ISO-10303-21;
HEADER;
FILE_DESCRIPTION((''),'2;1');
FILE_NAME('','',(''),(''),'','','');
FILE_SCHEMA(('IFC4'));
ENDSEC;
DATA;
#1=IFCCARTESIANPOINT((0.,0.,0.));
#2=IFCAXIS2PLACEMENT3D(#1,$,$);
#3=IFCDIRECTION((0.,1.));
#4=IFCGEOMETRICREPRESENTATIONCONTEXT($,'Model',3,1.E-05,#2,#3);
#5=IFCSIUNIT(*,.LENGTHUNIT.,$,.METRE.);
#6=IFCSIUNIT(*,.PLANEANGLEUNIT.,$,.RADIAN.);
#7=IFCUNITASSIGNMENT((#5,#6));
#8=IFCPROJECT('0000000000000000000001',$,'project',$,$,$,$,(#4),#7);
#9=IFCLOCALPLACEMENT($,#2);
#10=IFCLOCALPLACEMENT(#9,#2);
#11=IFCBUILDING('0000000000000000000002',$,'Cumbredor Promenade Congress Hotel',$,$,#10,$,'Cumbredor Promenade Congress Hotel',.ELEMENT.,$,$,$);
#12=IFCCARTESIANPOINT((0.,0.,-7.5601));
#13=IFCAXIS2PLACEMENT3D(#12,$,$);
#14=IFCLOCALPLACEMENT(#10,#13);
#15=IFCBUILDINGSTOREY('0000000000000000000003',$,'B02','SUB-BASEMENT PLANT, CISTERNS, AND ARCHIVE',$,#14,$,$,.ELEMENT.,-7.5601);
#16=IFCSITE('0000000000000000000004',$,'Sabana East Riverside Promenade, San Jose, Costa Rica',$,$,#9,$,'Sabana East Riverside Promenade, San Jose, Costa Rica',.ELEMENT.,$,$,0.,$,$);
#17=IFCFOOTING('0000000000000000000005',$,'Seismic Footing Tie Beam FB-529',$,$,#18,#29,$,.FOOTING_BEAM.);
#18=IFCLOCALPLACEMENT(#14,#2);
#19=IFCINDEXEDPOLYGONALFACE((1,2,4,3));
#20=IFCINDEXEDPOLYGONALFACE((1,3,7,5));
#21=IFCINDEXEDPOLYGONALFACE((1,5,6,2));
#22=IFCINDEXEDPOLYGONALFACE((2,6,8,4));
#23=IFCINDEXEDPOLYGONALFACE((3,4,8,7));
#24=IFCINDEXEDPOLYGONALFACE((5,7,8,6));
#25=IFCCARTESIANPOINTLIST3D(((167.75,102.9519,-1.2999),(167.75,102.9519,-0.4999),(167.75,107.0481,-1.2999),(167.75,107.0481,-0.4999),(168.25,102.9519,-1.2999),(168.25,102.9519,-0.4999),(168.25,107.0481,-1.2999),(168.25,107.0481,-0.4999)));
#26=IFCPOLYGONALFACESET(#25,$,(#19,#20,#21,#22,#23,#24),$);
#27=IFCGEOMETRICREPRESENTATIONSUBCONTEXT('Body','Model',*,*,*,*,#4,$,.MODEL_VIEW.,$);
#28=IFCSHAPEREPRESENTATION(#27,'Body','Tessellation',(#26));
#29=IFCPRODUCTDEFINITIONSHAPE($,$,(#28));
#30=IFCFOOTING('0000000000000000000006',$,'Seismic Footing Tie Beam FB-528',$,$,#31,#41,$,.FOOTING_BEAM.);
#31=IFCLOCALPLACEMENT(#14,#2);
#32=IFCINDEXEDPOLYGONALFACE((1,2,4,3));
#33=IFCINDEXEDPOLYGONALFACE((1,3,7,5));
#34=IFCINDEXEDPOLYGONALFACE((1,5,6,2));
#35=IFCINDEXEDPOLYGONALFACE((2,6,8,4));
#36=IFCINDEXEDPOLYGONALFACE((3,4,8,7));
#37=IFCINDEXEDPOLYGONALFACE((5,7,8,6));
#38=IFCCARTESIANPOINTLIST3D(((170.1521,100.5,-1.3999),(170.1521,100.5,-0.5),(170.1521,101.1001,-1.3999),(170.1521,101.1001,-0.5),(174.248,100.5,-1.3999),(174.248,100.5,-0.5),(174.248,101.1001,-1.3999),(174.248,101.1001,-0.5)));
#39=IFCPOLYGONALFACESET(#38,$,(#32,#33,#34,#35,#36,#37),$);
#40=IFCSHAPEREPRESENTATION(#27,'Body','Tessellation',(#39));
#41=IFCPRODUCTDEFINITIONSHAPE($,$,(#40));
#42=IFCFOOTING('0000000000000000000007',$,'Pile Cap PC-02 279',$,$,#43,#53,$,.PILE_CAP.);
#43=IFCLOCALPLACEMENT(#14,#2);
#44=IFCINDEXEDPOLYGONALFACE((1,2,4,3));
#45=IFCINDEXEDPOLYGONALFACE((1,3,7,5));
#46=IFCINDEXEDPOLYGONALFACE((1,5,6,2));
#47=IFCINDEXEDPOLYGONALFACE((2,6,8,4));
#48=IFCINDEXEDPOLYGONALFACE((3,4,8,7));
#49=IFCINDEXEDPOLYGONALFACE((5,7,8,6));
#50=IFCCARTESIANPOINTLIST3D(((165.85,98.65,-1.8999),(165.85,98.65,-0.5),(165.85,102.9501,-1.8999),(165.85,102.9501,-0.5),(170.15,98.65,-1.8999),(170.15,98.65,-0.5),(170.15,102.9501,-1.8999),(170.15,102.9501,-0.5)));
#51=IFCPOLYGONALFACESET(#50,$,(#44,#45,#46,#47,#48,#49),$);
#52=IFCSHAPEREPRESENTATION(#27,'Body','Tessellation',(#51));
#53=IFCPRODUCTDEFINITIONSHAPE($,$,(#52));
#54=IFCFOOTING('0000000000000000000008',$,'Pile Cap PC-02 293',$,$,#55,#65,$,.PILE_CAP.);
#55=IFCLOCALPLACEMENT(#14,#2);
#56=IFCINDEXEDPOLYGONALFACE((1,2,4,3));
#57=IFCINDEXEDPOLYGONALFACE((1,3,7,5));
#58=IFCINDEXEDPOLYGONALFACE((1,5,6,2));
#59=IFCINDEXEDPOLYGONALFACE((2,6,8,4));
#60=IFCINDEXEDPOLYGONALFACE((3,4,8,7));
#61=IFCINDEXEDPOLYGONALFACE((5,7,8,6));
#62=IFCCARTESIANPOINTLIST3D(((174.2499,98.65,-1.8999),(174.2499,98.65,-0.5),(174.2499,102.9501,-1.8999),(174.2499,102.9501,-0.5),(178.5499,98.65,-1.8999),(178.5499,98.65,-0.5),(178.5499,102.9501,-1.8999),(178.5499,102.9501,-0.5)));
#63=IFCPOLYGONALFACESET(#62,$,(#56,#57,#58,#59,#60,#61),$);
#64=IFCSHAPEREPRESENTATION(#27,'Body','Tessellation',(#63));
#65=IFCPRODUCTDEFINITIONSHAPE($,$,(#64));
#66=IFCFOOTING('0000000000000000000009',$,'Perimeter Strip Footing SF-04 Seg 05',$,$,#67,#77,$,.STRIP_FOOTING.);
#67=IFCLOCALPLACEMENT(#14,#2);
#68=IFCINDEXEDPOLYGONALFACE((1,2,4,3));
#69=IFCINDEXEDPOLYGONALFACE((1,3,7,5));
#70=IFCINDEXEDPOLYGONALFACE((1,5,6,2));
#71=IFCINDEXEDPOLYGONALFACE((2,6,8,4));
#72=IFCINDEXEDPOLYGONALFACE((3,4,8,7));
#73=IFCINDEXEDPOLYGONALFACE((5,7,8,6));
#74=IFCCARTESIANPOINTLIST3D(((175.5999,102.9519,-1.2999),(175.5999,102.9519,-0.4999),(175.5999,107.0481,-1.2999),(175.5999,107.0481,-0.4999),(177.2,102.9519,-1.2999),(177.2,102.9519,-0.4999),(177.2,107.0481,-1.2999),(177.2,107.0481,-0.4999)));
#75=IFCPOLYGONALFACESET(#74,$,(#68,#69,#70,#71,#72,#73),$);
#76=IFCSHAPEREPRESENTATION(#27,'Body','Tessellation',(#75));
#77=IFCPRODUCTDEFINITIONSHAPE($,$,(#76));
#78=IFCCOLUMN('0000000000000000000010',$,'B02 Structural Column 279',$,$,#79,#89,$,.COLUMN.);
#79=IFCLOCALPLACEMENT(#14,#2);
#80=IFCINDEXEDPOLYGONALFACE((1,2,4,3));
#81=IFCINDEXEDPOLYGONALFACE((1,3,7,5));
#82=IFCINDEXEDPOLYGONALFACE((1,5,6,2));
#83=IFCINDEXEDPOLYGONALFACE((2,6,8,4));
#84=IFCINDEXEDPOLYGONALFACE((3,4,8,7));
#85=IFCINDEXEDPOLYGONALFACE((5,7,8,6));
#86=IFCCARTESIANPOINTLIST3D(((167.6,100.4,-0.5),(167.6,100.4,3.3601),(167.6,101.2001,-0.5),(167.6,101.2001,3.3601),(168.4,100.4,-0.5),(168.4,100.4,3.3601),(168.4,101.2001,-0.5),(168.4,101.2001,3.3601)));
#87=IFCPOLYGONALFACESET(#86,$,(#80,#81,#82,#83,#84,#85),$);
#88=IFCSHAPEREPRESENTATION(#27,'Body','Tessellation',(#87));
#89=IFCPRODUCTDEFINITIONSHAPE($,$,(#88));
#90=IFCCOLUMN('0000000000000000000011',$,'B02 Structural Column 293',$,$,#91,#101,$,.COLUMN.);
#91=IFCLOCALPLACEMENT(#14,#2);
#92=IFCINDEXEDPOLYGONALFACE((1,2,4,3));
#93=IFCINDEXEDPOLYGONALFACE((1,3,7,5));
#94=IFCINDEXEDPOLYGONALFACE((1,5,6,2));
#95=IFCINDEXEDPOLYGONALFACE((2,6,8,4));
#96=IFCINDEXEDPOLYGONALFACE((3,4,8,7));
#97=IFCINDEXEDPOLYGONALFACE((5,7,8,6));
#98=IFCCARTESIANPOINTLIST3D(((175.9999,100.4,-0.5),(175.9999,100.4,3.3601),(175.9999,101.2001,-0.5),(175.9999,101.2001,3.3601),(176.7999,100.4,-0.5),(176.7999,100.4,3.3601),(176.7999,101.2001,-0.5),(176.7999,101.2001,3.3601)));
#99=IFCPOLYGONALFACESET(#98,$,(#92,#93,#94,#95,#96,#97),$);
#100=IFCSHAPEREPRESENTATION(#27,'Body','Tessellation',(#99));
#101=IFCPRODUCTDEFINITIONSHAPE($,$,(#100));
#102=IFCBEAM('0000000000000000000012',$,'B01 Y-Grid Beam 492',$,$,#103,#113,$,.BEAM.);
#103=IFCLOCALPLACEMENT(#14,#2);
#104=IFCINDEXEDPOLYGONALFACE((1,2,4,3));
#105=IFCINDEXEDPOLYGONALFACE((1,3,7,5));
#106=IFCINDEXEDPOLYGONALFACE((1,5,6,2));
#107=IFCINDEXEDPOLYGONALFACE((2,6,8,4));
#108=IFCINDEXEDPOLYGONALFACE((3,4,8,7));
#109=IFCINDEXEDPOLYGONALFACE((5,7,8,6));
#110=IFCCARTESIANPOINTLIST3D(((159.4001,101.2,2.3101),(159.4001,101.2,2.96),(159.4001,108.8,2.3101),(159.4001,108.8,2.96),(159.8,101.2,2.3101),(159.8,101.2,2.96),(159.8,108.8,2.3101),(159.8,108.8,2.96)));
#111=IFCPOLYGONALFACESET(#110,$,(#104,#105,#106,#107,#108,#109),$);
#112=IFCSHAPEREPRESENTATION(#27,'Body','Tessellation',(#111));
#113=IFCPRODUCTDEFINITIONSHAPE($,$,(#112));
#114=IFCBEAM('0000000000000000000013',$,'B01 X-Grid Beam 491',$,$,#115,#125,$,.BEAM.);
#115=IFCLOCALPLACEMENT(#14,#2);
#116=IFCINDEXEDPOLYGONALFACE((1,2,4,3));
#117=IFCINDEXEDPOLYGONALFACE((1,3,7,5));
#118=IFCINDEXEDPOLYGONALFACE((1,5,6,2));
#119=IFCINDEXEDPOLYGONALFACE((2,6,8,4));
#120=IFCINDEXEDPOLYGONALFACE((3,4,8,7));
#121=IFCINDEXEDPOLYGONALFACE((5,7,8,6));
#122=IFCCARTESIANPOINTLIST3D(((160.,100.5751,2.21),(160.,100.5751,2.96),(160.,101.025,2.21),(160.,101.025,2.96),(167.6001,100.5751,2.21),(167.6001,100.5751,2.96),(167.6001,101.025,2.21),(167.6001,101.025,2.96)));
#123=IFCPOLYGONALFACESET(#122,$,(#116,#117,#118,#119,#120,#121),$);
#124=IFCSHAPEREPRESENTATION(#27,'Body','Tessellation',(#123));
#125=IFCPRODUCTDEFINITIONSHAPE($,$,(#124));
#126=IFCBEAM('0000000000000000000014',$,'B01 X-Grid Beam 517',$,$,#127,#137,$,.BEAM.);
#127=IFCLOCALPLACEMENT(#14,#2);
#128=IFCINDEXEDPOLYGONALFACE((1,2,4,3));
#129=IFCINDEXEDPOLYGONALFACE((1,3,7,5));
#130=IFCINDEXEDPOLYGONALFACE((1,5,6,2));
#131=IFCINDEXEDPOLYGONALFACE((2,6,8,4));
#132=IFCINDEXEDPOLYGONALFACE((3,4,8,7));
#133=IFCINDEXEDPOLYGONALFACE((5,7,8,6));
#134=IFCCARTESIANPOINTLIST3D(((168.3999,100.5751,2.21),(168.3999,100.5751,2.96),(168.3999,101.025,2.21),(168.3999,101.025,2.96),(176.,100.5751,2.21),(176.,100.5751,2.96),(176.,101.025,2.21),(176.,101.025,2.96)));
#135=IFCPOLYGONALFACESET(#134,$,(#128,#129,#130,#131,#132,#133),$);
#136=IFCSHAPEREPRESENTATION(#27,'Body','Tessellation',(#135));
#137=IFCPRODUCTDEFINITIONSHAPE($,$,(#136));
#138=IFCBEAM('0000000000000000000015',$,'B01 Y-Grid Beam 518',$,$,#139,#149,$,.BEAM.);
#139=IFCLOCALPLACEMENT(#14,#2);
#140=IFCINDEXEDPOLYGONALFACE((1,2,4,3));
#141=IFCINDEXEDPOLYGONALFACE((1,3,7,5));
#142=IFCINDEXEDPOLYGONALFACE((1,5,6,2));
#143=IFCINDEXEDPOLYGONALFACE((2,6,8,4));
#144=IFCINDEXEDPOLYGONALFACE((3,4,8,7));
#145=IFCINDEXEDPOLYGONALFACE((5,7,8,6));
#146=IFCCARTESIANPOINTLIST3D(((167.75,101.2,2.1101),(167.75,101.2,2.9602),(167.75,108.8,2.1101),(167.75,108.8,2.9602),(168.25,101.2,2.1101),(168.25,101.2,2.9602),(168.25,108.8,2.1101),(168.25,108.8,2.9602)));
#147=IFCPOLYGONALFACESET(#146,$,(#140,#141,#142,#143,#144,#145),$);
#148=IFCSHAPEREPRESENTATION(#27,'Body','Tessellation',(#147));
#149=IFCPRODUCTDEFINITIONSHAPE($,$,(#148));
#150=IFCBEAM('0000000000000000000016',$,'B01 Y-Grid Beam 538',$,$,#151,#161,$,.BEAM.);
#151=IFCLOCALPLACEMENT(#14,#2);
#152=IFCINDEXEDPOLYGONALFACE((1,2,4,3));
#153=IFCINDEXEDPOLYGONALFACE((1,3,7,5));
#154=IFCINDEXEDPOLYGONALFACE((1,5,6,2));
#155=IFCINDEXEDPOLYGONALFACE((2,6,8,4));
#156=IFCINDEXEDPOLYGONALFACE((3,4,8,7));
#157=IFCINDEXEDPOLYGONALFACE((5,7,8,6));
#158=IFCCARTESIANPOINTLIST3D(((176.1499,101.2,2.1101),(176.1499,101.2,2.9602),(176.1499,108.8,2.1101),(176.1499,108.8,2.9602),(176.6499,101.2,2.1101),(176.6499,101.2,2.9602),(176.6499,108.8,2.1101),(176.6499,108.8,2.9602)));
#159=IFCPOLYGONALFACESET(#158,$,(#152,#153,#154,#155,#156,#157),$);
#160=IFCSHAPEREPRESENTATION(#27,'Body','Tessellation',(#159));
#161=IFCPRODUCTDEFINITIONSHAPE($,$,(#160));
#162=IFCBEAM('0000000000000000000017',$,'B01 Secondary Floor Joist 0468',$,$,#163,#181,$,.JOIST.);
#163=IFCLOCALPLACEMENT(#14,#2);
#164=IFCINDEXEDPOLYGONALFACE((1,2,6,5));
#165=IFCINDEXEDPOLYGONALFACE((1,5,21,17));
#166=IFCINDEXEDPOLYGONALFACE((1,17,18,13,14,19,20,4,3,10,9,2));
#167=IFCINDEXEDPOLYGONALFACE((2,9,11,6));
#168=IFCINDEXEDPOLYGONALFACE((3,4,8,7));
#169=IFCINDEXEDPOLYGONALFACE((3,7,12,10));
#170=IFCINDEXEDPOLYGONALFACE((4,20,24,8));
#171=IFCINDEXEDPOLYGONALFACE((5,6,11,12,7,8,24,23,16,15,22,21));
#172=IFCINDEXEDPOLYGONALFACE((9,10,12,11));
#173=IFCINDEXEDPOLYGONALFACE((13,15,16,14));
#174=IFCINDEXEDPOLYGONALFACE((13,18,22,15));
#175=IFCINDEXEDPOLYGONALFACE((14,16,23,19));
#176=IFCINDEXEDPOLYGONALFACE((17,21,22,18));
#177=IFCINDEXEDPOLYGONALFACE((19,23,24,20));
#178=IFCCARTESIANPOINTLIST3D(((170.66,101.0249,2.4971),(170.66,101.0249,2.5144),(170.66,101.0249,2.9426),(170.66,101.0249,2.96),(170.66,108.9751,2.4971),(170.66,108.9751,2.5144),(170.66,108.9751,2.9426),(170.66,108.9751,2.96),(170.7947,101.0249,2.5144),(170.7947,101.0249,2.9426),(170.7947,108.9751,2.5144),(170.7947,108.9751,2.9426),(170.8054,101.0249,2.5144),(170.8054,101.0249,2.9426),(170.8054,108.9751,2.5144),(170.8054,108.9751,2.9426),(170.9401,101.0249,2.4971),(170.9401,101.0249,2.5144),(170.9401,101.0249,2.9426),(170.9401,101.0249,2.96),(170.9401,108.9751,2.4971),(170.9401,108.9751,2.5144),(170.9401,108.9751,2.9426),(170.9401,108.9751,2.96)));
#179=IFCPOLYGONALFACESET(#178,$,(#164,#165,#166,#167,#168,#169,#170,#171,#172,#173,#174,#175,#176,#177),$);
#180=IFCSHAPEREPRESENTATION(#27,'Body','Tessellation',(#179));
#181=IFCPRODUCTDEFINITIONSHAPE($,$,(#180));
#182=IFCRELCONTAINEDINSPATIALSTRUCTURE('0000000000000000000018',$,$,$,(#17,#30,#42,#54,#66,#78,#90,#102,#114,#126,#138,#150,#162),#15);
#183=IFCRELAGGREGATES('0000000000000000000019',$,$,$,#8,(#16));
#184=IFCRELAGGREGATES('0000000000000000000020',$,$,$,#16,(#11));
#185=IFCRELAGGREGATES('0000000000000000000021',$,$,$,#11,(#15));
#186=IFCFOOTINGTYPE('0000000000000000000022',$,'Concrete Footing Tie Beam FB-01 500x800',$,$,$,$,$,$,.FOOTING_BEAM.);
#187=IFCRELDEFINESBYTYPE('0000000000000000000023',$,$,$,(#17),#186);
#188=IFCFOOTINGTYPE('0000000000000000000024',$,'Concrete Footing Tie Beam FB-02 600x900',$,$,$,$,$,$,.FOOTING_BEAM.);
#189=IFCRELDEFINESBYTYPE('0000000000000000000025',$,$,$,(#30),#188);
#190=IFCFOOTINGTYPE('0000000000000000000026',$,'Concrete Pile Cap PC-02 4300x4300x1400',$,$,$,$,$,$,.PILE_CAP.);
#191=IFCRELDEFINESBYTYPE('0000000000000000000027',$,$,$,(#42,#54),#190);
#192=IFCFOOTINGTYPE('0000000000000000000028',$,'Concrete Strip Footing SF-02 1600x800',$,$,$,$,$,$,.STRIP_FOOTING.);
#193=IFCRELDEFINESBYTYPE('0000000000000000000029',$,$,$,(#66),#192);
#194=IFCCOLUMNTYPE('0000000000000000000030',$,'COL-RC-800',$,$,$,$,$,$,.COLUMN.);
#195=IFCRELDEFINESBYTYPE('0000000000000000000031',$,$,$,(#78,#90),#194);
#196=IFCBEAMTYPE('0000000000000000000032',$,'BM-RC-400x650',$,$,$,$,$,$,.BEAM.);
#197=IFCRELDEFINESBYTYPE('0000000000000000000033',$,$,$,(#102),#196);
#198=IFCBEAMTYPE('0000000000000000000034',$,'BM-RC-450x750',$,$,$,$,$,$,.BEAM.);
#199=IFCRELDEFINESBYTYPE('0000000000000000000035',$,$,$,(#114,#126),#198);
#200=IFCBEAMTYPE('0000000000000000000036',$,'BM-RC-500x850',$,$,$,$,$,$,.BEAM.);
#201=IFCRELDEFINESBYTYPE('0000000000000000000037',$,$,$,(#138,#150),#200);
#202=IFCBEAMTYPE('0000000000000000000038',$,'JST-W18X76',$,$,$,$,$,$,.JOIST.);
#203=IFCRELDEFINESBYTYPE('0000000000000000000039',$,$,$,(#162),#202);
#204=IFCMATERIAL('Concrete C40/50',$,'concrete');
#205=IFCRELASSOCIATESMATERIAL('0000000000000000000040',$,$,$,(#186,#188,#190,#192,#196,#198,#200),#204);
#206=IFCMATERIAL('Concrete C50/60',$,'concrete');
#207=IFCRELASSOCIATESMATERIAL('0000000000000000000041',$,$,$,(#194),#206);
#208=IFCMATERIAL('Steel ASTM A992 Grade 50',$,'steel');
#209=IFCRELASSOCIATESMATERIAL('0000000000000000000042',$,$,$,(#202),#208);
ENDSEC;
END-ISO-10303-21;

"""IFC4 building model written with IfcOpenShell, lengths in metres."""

from ifc_helpers import new_model, si_unit, direction, frame, origin, origin_2d, place, context, subcontext, project, spatial, rectangle, i_section, extrude, material, material_profile, profile_set, type_object, element, save


model = new_model("IFC4")

# Units and contexts
model_context = context("Model", 3, precision=1e-05, world=origin(), true_north=direction((0.0, 1.0)))
body_context = subcontext(model_context, "Body", "Model", "MODEL_VIEW")
ifc_project = project(units=[si_unit("LENGTHUNIT", "METRE"), si_unit("PLANEANGLEUNIT", "RADIAN")], contexts=[model_context])

# Site, building, storey
site_placement = place(None, origin())
site = spatial("IfcSite", under=ifc_project, at=site_placement, Name="Sabana East Riverside Promenade, San Jose, Costa Rica", LongName="Sabana East Riverside Promenade, San Jose, Costa Rica", CompositionType="ELEMENT", RefElevation=0.0)
building_placement = place(site_placement, origin())
building = spatial("IfcBuilding", under=site, at=building_placement, Name="Cumbredor Promenade Congress Hotel", LongName="Cumbredor Promenade Congress Hotel", CompositionType="ELEMENT")
storey_placement = place(building_placement, frame((0.0, 0.0, -7.5601)))
storey = spatial("IfcBuildingStorey", under=building, at=storey_placement, Name="B02", Description="SUB-BASEMENT PLANT, CISTERNS, AND ARCHIVE", CompositionType="ELEMENT", Elevation=-7.5601)

# Shared definitions
ifc_material_1 = material(Name="Concrete C40/50", Category="concrete")

# Footings
ifc_material_profile_1 = material_profile(ifc_material_1, rectangle(XDim=0.5, YDim=0.8, at=origin_2d()), Name="FB 500x800")
ifc_profile_set_1 = profile_set([ifc_material_profile_1], Name="Concrete C40/50")
footing_type_1 = type_object("IfcFootingType", Name="Concrete Footing Tie Beam FB-01 500x800", PredefinedType="FOOTING_BEAM", material=ifc_profile_set_1)
for number, where, z_axis, x_axis, name in (
    (1, (168.0, 102.9519, -0.8999), (0.0, 1.0, 0.0), (-1.0, 0.0, 0.0), "Seismic Footing Tie Beam FB-529"),
):
    element("IfcFooting", number, at=place(storey_placement, frame(where, z_axis=z_axis, x_axis=x_axis)), inside=storey, type_object=footing_type_1, Name=name, PredefinedType="FOOTING_BEAM", context=body_context, shape_type="SweptSolid", body=[
        extrude(rectangle(XDim=0.5, YDim=0.8, at=origin_2d()), origin(), (0.0, 0.0, 1.0), 4.0962),
    ])
ifc_material_profile_2 = material_profile(ifc_material_1, rectangle(XDim=0.6001, YDim=0.8999, at=origin_2d()), Name="FB 600x900")
ifc_profile_set_2 = profile_set([ifc_material_profile_2], Name="Concrete C40/50")
footing_type_2 = type_object("IfcFootingType", Name="Concrete Footing Tie Beam FB-02 600x900", PredefinedType="FOOTING_BEAM", material=ifc_profile_set_2)
footing_1_placement = place(storey_placement, frame((170.1521, 100.8, -0.95), z_axis=(1.0, 0.0, 0.0), x_axis=(0.0, 1.0, 0.0)))
element("IfcFooting", 2, at=footing_1_placement, inside=storey, type_object=footing_type_2, Name="Seismic Footing Tie Beam FB-528", PredefinedType="FOOTING_BEAM", context=body_context, shape_type="SweptSolid", body=[
    extrude(rectangle(XDim=0.6001, YDim=0.8999, at=origin_2d()), origin(), (0.0, 0.0, 1.0), 4.0959),
])
footing_type_3 = type_object("IfcFootingType", Name="Concrete Pile Cap PC-02 4300x4300x1400", PredefinedType="PILE_CAP", material=ifc_material_1)
for number, where, z_axis, x_axis, name in (
    (3, (168.0, 100.8, -1.8999), (0.0, 0.0, 1.0), (1.0, 0.0, 0.0), "Pile Cap PC-02 279"),
    (4, (176.3999, 100.8, -1.8999), (0.0, 0.0, 1.0), (1.0, 0.0, 0.0), "Pile Cap PC-02 293"),
):
    element("IfcFooting", number, at=place(storey_placement, frame(where, z_axis=z_axis, x_axis=x_axis)), inside=storey, type_object=footing_type_3, Name=name, PredefinedType="PILE_CAP", context=body_context, shape_type="SweptSolid", body=[
        extrude(rectangle(XDim=4.3, YDim=4.3, at=origin_2d()), origin(), (0.0, 0.0, 1.0), 1.3999),
    ])
ifc_material_profile_3 = material_profile(ifc_material_1, rectangle(XDim=1.6001, YDim=0.8, at=origin_2d()), Name="SF 1600x800")
ifc_profile_set_3 = profile_set([ifc_material_profile_3], Name="Concrete C40/50")
footing_type_4 = type_object("IfcFootingType", Name="Concrete Strip Footing SF-02 1600x800", PredefinedType="STRIP_FOOTING", material=ifc_profile_set_3)
footing_2_placement = place(storey_placement, frame((176.3999, 102.9519, -0.8999), z_axis=(0.0, 1.0, 0.0), x_axis=(-1.0, 0.0, 0.0)))
element("IfcFooting", 5, at=footing_2_placement, inside=storey, type_object=footing_type_4, Name="Perimeter Strip Footing SF-04 Seg 05", PredefinedType="STRIP_FOOTING", context=body_context, shape_type="SweptSolid", body=[
    extrude(rectangle(XDim=1.6001, YDim=0.8, at=origin_2d()), origin(), (0.0, 0.0, 1.0), 4.0962),
])

# Columns
ifc_material_2 = material(Name="Concrete C50/60", Category="concrete")
ifc_material_profile_4 = material_profile(ifc_material_2, rectangle(XDim=0.8, YDim=0.8, at=origin_2d()), Name="RC 800x800")
ifc_profile_set_4 = profile_set([ifc_material_profile_4], Name="Concrete C50/60")
column_type = type_object("IfcColumnType", Name="COL-RC-800", PredefinedType="COLUMN", material=ifc_profile_set_4)
for number, where, z_axis, x_axis, name in (
    (6, (168.0, 100.8, -0.5), (0.0, 0.0, 1.0), (1.0, 0.0, 0.0), "B02 Structural Column 279"),
    (7, (176.3999, 100.8, -0.5), (0.0, 0.0, 1.0), (1.0, 0.0, 0.0), "B02 Structural Column 293"),
):
    element("IfcColumn", number, at=place(storey_placement, frame(where, z_axis=z_axis, x_axis=x_axis)), inside=storey, type_object=column_type, Name=name, PredefinedType="COLUMN", context=body_context, shape_type="SweptSolid", body=[
        extrude(rectangle(XDim=0.8, YDim=0.8, at=origin_2d()), origin(), (0.0, 0.0, 1.0), 3.8601),
    ])

# Beams
ifc_material_profile_5 = material_profile(ifc_material_1, rectangle(XDim=0.3999, YDim=0.6499, at=origin_2d()), Name="RC BEAM 400x650")
ifc_profile_set_5 = profile_set([ifc_material_profile_5], Name="Concrete C40/50")
beam_type_1 = type_object("IfcBeamType", Name="BM-RC-400x650", PredefinedType="BEAM", material=ifc_profile_set_5)
beam_placement = place(storey_placement, frame((159.6001, 101.2, 2.635), z_axis=(0.0, 1.0, 0.0), x_axis=(-1.0, 0.0, 0.0)))
element("IfcBeam", 8, at=beam_placement, inside=storey, type_object=beam_type_1, Name="B01 Y-Grid Beam 492", PredefinedType="BEAM", context=body_context, shape_type="SweptSolid", body=[
    extrude(rectangle(XDim=0.3999, YDim=0.6499, at=origin_2d()), origin(), (0.0, 0.0, 1.0), 7.6001),
])
ifc_material_profile_6 = material_profile(ifc_material_1, rectangle(XDim=0.45, YDim=0.75, at=origin_2d()), Name="RC BEAM 450x750")
ifc_profile_set_6 = profile_set([ifc_material_profile_6], Name="Concrete C40/50")
beam_type_2 = type_object("IfcBeamType", Name="BM-RC-450x750", PredefinedType="BEAM", material=ifc_profile_set_6)
for number, where, z_axis, x_axis, name in (
    (9, (160.0, 100.8, 2.585), (1.0, 0.0, 0.0), (0.0, 1.0, 0.0), "B01 X-Grid Beam 491"),
    (10, (168.3999, 100.8, 2.585), (1.0, 0.0, 0.0), (0.0, 1.0, 0.0), "B01 X-Grid Beam 517"),
):
    element("IfcBeam", number, at=place(storey_placement, frame(where, z_axis=z_axis, x_axis=x_axis)), inside=storey, type_object=beam_type_2, Name=name, PredefinedType="BEAM", context=body_context, shape_type="SweptSolid", body=[
        extrude(rectangle(XDim=0.45, YDim=0.75, at=origin_2d()), origin(), (0.0, 0.0, 1.0), 7.6001),
    ])
ifc_material_profile_7 = material_profile(ifc_material_1, rectangle(XDim=0.5, YDim=0.8501, at=origin_2d()), Name="RC BEAM 500x850")
ifc_profile_set_7 = profile_set([ifc_material_profile_7], Name="Concrete C40/50")
beam_type_3 = type_object("IfcBeamType", Name="BM-RC-500x850", PredefinedType="BEAM", material=ifc_profile_set_7)
for number, where, z_axis, x_axis, name in (
    (11, (168.0, 101.2, 2.5352), (0.0, 1.0, 0.0), (-1.0, 0.0, 0.0), "B01 Y-Grid Beam 518"),
    (12, (176.3999, 101.2, 2.5352), (0.0, 1.0, 0.0), (-1.0, 0.0, 0.0), "B01 Y-Grid Beam 538"),
):
    element("IfcBeam", number, at=place(storey_placement, frame(where, z_axis=z_axis, x_axis=x_axis)), inside=storey, type_object=beam_type_3, Name=name, PredefinedType="BEAM", context=body_context, shape_type="SweptSolid", body=[
        extrude(rectangle(XDim=0.5, YDim=0.8501, at=origin_2d()), origin(), (0.0, 0.0, 1.0), 7.6001),
    ])
ifc_material_3 = material(Name="Steel ASTM A992 Grade 50", Category="steel")
ifc_material_profile_8 = material_profile(ifc_material_3, i_section(OverallWidth=0.28, OverallDepth=0.4629, WebThickness=0.0107, FlangeThickness=0.0173, at=origin_2d()), Name="W18X76")
ifc_profile_set_8 = profile_set([ifc_material_profile_8], Name="Steel ASTM A992 Grade 50")
beam_type_4 = type_object("IfcBeamType", Name="JST-W18X76", PredefinedType="JOIST", material=ifc_profile_set_8)
for number, where, z_axis, x_axis, name in (
    (13, (170.8, 101.0249, 2.7285), (0.0, 1.0, 0.0), (-1.0, 0.0, 0.0), "B01 Secondary Floor Joist 0468"),
):
    element("IfcBeam", number, at=place(storey_placement, frame(where, z_axis=z_axis, x_axis=x_axis)), inside=storey, type_object=beam_type_4, Name=name, PredefinedType="JOIST", context=body_context, shape_type="SweptSolid", body=[
        extrude(i_section(OverallWidth=0.28, OverallDepth=0.4629, WebThickness=0.0107, FlangeThickness=0.0173, at=origin_2d()), origin(), (0.0, 0.0, 1.0), 7.9502),
    ])

save(model, "model.ifc")
